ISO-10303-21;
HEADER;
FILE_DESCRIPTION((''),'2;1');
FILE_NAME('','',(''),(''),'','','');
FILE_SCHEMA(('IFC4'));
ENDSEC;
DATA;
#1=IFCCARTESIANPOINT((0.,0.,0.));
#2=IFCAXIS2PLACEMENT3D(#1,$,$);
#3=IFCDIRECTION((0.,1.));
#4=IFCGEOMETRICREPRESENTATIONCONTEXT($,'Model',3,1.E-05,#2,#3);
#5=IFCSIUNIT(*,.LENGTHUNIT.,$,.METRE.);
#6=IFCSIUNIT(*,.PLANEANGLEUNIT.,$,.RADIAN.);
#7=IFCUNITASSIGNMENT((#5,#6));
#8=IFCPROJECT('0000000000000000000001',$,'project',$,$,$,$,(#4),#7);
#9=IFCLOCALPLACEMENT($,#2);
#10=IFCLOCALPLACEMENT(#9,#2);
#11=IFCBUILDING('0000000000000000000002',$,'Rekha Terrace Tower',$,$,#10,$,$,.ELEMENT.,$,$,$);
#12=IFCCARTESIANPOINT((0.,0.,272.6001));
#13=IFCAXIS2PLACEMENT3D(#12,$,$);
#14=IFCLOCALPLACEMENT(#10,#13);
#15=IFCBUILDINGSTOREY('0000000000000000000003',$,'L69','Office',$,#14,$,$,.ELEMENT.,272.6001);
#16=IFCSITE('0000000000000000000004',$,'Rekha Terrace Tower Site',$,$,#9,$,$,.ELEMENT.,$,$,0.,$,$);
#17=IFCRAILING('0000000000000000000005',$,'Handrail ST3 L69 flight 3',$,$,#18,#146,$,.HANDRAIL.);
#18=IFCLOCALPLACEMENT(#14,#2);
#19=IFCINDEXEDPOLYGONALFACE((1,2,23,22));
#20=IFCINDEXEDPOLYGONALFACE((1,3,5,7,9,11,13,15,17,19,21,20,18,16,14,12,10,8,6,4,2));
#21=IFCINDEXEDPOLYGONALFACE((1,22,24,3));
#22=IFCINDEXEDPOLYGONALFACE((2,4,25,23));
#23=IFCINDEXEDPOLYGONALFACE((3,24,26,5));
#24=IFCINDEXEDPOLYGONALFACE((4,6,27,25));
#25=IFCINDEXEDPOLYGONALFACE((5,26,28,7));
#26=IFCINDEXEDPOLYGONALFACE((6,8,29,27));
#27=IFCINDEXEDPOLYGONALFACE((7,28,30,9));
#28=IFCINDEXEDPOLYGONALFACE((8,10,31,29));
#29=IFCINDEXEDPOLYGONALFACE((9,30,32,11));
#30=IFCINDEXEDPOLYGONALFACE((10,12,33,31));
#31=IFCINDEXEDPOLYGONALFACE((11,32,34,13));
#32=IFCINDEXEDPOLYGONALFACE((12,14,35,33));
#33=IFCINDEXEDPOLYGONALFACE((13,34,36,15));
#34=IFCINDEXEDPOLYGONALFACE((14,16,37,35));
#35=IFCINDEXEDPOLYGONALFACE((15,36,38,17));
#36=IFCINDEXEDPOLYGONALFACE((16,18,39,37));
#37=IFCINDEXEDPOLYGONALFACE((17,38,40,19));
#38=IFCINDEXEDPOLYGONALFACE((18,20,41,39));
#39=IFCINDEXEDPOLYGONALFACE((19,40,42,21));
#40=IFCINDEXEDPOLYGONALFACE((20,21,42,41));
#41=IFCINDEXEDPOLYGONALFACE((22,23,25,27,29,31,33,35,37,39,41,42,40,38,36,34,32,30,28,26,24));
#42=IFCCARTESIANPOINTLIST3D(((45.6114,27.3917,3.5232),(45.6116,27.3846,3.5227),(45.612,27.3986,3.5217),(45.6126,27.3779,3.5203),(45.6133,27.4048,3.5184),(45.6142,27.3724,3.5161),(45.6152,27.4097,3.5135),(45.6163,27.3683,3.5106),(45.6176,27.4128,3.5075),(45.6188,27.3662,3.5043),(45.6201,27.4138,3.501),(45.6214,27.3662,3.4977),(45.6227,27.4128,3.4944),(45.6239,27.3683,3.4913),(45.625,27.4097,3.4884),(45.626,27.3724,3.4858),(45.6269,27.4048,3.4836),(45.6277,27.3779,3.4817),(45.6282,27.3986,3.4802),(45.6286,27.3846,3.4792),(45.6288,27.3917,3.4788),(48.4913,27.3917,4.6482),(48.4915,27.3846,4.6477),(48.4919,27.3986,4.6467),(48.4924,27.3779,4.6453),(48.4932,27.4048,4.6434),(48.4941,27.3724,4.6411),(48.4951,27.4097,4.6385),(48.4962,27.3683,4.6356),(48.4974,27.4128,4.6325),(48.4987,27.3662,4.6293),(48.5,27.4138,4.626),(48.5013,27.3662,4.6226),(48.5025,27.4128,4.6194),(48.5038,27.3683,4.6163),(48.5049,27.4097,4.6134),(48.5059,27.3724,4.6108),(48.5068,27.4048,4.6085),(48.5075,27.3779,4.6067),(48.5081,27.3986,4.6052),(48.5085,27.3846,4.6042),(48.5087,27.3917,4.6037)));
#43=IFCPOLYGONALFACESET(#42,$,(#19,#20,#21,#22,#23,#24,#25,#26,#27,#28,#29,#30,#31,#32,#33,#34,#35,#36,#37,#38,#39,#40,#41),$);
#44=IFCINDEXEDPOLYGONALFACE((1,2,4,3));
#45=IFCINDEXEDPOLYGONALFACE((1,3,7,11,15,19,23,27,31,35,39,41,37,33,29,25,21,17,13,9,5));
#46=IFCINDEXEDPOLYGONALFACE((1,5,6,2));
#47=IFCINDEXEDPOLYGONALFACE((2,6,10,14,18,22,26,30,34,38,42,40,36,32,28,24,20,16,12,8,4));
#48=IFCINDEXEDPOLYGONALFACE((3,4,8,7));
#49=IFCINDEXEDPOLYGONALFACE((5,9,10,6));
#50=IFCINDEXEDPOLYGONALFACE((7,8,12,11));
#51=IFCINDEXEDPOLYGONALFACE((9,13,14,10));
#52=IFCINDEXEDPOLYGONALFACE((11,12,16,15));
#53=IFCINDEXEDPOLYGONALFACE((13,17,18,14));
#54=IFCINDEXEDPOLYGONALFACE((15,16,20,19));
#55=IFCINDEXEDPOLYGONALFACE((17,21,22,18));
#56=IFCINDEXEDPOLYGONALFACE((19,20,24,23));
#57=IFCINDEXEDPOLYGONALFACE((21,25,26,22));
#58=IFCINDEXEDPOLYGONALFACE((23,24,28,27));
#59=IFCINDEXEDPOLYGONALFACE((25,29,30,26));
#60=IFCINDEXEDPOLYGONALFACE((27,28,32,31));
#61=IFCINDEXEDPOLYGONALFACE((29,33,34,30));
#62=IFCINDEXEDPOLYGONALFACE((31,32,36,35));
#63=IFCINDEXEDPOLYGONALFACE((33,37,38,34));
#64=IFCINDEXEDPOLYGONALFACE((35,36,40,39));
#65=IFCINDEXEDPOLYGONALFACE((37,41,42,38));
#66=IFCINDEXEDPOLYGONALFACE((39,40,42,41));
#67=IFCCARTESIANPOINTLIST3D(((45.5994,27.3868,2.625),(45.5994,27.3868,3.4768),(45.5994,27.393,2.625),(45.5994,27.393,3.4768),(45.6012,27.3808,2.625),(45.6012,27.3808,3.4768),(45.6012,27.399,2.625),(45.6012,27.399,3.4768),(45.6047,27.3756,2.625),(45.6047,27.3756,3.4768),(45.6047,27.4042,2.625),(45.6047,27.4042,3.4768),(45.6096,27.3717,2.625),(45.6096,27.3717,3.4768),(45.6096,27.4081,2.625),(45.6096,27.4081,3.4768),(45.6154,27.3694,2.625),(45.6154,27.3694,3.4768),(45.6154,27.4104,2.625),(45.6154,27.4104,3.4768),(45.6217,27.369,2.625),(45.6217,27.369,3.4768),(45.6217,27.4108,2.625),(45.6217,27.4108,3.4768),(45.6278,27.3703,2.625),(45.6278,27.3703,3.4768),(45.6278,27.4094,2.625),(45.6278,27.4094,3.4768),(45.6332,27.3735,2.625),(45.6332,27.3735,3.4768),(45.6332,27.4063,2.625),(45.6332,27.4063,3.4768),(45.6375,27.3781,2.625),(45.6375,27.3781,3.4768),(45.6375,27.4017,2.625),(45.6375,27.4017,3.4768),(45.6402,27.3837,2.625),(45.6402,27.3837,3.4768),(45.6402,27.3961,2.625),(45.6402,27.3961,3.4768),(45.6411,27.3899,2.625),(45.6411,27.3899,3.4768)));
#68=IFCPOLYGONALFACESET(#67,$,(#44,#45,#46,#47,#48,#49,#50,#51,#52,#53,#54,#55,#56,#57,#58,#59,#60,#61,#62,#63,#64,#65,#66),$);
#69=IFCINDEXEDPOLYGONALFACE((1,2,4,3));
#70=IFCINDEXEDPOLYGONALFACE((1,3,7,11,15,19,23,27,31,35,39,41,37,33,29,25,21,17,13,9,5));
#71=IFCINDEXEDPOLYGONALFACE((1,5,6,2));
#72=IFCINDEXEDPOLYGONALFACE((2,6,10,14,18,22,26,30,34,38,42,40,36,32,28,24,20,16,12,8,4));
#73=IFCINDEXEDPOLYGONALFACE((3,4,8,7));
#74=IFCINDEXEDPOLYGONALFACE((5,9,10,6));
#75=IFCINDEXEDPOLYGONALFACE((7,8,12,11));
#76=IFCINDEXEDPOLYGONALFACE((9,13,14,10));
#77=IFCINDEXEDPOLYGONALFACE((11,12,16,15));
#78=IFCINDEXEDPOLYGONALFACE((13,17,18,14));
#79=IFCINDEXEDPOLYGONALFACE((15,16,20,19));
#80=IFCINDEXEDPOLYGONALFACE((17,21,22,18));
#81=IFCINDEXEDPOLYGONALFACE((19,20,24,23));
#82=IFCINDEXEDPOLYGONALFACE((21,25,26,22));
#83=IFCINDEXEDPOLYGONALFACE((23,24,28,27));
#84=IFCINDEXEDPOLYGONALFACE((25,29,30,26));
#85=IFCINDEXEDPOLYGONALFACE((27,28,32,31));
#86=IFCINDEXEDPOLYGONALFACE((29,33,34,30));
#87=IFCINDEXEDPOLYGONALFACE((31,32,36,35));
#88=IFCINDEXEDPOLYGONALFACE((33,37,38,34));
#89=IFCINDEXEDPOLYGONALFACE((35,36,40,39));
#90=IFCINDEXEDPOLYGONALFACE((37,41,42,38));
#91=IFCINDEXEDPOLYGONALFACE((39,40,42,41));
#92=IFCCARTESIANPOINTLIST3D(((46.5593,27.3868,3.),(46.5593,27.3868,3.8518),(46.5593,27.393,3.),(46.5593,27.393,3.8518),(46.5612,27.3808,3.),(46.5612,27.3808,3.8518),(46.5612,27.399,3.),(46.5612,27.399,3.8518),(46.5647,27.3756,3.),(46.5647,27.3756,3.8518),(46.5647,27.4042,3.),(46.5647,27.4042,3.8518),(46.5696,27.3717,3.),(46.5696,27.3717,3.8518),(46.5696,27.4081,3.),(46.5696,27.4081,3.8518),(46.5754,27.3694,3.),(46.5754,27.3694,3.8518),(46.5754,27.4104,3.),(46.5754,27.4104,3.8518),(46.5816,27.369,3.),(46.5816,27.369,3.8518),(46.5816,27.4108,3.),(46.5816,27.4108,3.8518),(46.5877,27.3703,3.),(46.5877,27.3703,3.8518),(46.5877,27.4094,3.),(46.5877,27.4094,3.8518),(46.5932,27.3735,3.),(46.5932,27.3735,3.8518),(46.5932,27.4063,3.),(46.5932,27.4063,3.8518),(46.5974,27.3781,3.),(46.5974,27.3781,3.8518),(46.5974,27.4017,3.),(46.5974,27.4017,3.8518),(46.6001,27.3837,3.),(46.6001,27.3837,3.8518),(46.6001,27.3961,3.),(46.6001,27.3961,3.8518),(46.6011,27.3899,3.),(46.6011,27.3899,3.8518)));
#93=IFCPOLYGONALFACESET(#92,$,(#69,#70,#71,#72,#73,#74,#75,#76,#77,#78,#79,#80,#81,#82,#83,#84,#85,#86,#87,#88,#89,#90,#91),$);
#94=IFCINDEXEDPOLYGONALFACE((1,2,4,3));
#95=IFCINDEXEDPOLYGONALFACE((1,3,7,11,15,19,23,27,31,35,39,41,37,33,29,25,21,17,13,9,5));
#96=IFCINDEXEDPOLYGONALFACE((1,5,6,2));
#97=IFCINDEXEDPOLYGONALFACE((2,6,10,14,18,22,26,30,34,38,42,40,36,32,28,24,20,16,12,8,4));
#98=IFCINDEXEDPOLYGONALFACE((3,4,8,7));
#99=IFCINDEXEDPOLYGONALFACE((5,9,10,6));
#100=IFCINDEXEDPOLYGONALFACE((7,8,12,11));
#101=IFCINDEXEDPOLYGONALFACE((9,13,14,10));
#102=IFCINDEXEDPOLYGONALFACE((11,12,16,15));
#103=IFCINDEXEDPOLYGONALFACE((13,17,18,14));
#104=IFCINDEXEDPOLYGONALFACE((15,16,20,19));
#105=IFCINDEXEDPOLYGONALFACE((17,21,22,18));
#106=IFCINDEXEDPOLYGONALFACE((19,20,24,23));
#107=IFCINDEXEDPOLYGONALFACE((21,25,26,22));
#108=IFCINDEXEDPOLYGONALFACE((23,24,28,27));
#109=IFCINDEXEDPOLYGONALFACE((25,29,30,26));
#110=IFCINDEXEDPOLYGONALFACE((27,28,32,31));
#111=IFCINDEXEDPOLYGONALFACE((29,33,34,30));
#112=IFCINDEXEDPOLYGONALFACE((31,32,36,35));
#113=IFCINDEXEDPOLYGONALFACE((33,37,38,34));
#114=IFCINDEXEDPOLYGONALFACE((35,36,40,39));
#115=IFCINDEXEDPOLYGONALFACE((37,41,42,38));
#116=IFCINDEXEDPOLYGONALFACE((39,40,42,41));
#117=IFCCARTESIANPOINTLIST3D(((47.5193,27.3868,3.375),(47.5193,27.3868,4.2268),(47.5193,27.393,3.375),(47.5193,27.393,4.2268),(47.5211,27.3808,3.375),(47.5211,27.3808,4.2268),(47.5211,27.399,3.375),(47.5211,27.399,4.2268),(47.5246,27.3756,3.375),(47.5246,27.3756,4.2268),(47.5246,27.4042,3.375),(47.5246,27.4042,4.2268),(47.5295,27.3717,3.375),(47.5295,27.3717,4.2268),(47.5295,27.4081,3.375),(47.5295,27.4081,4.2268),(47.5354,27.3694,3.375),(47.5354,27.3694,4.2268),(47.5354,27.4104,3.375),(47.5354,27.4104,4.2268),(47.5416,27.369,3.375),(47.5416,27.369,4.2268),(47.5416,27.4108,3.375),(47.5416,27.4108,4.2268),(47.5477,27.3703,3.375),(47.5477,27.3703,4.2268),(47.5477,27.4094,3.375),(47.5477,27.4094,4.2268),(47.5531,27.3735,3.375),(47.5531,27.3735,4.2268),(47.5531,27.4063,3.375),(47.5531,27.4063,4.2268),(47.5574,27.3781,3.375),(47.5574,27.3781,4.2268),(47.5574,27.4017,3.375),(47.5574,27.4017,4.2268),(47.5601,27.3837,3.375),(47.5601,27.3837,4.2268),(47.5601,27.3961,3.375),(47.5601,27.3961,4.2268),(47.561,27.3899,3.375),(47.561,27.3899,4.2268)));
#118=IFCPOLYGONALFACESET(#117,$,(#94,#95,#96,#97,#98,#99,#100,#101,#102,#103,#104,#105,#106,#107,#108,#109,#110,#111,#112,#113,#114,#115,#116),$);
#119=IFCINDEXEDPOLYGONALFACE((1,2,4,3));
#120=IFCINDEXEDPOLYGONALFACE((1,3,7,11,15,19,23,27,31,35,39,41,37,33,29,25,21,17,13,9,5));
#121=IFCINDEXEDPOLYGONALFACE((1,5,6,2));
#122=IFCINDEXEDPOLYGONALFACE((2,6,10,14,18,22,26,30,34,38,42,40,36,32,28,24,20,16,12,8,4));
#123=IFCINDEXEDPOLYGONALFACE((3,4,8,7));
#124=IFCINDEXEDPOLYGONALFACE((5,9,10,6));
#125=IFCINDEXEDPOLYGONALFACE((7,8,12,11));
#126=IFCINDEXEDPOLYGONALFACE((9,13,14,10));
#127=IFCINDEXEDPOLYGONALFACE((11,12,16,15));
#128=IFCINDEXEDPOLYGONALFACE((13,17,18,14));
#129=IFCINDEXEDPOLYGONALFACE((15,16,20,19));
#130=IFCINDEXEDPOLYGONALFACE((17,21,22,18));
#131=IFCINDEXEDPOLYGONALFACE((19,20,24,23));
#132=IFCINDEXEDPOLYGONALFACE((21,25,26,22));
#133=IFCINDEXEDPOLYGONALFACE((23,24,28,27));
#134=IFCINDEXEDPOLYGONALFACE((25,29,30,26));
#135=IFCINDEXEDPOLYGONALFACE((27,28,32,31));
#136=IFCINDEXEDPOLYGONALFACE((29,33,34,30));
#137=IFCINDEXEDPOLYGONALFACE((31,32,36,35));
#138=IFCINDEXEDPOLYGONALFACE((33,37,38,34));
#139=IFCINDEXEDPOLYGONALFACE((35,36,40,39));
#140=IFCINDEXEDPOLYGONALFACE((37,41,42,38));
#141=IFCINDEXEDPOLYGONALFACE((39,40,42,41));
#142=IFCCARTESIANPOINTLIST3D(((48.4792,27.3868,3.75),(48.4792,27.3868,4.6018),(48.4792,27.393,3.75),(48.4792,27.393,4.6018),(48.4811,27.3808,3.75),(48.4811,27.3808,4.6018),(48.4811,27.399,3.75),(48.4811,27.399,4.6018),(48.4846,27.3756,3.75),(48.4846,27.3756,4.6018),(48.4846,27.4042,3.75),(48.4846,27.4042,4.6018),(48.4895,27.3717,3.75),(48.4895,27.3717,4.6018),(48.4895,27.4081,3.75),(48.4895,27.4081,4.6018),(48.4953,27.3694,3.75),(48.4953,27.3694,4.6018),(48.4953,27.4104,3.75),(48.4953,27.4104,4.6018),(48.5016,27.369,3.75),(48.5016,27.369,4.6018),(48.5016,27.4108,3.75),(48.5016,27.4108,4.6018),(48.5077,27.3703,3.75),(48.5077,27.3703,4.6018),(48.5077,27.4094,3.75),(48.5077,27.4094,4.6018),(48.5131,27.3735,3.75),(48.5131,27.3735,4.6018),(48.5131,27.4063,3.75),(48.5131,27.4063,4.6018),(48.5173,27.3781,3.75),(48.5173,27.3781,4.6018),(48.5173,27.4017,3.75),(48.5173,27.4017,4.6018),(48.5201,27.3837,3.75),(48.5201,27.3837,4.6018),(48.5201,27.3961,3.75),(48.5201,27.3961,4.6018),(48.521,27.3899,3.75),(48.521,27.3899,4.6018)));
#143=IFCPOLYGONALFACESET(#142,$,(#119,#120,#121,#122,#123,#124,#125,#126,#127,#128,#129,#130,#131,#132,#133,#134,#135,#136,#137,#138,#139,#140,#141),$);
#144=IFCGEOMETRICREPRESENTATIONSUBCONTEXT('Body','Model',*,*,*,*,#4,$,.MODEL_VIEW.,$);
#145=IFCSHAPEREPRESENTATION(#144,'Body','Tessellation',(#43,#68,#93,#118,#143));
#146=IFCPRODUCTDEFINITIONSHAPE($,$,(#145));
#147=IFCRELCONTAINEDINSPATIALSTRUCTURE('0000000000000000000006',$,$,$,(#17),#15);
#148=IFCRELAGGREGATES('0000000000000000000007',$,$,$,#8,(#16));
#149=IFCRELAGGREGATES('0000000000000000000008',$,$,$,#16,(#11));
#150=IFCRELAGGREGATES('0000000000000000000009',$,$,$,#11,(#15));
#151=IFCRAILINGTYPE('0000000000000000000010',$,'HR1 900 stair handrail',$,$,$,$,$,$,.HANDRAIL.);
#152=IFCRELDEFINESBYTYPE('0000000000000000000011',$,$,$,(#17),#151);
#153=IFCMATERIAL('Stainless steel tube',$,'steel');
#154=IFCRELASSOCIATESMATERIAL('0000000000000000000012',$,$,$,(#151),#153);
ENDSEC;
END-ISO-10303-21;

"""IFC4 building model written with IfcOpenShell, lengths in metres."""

from ifc_helpers import new_model, si_unit, direction, frame, origin, origin_2d, place, context, subcontext, project, spatial, circle, extrude, material, type_object, element, save


model = new_model("IFC4")

# Units and contexts
model_context = context("Model", 3, precision=1e-05, world=origin(), true_north=direction((0.0, 1.0)))
body_context = subcontext(model_context, "Body", "Model", "MODEL_VIEW")
ifc_project = project(units=[si_unit("LENGTHUNIT", "METRE"), si_unit("PLANEANGLEUNIT", "RADIAN")], contexts=[model_context])

# Site, building, storey
site_placement = place(None, origin())
site = spatial("IfcSite", under=ifc_project, at=site_placement, Name="Rekha Terrace Tower Site", CompositionType="ELEMENT", RefElevation=0.0)
building_placement = place(site_placement, origin())
building = spatial("IfcBuilding", under=site, at=building_placement, Name="Rekha Terrace Tower", CompositionType="ELEMENT")
storey_placement = place(building_placement, frame((0.0, 0.0, 272.6001)))
storey = spatial("IfcBuildingStorey", under=building, at=storey_placement, Name="L69", Description="Office", CompositionType="ELEMENT", Elevation=272.6001)

# Railing
ifc_material_1 = material(Name="Stainless steel tube", Category="steel")
railing_type_1 = type_object("IfcRailingType", Name="HR1 900 stair handrail", PredefinedType="HANDRAIL", material=ifc_material_1)
railing_1_placement = place(storey_placement, frame((45.6201, 27.3899, 2.625)))
element("IfcRailing", 1, at=railing_1_placement, inside=storey, type_object=railing_type_1, Name="Handrail ST3 L69 flight 3", PredefinedType="HANDRAIL", context=body_context, shape_type="SweptSolid", body=[
    extrude(circle(Radius=0.0239, at=origin_2d()), frame((0.0, 0.0, 0.876), z_axis=(0.931452, 0.0, 0.363863), x_axis=(0.0, 1.0, 0.0)), (0.0, 0.0, 1.0), 3.0918),
    extrude(circle(Radius=0.021, at=origin_2d()), origin(), (0.0, 0.0, 1.0), 0.8518),
    extrude(circle(Radius=0.021, at=origin_2d()), frame((0.96, 0.0, 0.375)), (0.0, 0.0, 1.0), 0.8518),
    extrude(circle(Radius=0.021, at=origin_2d()), frame((1.9199, 0.0, 0.75)), (0.0, 0.0, 1.0), 0.8518),
    extrude(circle(Radius=0.021, at=origin_2d()), frame((2.8799, 0.0, 1.125)), (0.0, 0.0, 1.0), 0.8518),
])

save(model, "model.ifc")
